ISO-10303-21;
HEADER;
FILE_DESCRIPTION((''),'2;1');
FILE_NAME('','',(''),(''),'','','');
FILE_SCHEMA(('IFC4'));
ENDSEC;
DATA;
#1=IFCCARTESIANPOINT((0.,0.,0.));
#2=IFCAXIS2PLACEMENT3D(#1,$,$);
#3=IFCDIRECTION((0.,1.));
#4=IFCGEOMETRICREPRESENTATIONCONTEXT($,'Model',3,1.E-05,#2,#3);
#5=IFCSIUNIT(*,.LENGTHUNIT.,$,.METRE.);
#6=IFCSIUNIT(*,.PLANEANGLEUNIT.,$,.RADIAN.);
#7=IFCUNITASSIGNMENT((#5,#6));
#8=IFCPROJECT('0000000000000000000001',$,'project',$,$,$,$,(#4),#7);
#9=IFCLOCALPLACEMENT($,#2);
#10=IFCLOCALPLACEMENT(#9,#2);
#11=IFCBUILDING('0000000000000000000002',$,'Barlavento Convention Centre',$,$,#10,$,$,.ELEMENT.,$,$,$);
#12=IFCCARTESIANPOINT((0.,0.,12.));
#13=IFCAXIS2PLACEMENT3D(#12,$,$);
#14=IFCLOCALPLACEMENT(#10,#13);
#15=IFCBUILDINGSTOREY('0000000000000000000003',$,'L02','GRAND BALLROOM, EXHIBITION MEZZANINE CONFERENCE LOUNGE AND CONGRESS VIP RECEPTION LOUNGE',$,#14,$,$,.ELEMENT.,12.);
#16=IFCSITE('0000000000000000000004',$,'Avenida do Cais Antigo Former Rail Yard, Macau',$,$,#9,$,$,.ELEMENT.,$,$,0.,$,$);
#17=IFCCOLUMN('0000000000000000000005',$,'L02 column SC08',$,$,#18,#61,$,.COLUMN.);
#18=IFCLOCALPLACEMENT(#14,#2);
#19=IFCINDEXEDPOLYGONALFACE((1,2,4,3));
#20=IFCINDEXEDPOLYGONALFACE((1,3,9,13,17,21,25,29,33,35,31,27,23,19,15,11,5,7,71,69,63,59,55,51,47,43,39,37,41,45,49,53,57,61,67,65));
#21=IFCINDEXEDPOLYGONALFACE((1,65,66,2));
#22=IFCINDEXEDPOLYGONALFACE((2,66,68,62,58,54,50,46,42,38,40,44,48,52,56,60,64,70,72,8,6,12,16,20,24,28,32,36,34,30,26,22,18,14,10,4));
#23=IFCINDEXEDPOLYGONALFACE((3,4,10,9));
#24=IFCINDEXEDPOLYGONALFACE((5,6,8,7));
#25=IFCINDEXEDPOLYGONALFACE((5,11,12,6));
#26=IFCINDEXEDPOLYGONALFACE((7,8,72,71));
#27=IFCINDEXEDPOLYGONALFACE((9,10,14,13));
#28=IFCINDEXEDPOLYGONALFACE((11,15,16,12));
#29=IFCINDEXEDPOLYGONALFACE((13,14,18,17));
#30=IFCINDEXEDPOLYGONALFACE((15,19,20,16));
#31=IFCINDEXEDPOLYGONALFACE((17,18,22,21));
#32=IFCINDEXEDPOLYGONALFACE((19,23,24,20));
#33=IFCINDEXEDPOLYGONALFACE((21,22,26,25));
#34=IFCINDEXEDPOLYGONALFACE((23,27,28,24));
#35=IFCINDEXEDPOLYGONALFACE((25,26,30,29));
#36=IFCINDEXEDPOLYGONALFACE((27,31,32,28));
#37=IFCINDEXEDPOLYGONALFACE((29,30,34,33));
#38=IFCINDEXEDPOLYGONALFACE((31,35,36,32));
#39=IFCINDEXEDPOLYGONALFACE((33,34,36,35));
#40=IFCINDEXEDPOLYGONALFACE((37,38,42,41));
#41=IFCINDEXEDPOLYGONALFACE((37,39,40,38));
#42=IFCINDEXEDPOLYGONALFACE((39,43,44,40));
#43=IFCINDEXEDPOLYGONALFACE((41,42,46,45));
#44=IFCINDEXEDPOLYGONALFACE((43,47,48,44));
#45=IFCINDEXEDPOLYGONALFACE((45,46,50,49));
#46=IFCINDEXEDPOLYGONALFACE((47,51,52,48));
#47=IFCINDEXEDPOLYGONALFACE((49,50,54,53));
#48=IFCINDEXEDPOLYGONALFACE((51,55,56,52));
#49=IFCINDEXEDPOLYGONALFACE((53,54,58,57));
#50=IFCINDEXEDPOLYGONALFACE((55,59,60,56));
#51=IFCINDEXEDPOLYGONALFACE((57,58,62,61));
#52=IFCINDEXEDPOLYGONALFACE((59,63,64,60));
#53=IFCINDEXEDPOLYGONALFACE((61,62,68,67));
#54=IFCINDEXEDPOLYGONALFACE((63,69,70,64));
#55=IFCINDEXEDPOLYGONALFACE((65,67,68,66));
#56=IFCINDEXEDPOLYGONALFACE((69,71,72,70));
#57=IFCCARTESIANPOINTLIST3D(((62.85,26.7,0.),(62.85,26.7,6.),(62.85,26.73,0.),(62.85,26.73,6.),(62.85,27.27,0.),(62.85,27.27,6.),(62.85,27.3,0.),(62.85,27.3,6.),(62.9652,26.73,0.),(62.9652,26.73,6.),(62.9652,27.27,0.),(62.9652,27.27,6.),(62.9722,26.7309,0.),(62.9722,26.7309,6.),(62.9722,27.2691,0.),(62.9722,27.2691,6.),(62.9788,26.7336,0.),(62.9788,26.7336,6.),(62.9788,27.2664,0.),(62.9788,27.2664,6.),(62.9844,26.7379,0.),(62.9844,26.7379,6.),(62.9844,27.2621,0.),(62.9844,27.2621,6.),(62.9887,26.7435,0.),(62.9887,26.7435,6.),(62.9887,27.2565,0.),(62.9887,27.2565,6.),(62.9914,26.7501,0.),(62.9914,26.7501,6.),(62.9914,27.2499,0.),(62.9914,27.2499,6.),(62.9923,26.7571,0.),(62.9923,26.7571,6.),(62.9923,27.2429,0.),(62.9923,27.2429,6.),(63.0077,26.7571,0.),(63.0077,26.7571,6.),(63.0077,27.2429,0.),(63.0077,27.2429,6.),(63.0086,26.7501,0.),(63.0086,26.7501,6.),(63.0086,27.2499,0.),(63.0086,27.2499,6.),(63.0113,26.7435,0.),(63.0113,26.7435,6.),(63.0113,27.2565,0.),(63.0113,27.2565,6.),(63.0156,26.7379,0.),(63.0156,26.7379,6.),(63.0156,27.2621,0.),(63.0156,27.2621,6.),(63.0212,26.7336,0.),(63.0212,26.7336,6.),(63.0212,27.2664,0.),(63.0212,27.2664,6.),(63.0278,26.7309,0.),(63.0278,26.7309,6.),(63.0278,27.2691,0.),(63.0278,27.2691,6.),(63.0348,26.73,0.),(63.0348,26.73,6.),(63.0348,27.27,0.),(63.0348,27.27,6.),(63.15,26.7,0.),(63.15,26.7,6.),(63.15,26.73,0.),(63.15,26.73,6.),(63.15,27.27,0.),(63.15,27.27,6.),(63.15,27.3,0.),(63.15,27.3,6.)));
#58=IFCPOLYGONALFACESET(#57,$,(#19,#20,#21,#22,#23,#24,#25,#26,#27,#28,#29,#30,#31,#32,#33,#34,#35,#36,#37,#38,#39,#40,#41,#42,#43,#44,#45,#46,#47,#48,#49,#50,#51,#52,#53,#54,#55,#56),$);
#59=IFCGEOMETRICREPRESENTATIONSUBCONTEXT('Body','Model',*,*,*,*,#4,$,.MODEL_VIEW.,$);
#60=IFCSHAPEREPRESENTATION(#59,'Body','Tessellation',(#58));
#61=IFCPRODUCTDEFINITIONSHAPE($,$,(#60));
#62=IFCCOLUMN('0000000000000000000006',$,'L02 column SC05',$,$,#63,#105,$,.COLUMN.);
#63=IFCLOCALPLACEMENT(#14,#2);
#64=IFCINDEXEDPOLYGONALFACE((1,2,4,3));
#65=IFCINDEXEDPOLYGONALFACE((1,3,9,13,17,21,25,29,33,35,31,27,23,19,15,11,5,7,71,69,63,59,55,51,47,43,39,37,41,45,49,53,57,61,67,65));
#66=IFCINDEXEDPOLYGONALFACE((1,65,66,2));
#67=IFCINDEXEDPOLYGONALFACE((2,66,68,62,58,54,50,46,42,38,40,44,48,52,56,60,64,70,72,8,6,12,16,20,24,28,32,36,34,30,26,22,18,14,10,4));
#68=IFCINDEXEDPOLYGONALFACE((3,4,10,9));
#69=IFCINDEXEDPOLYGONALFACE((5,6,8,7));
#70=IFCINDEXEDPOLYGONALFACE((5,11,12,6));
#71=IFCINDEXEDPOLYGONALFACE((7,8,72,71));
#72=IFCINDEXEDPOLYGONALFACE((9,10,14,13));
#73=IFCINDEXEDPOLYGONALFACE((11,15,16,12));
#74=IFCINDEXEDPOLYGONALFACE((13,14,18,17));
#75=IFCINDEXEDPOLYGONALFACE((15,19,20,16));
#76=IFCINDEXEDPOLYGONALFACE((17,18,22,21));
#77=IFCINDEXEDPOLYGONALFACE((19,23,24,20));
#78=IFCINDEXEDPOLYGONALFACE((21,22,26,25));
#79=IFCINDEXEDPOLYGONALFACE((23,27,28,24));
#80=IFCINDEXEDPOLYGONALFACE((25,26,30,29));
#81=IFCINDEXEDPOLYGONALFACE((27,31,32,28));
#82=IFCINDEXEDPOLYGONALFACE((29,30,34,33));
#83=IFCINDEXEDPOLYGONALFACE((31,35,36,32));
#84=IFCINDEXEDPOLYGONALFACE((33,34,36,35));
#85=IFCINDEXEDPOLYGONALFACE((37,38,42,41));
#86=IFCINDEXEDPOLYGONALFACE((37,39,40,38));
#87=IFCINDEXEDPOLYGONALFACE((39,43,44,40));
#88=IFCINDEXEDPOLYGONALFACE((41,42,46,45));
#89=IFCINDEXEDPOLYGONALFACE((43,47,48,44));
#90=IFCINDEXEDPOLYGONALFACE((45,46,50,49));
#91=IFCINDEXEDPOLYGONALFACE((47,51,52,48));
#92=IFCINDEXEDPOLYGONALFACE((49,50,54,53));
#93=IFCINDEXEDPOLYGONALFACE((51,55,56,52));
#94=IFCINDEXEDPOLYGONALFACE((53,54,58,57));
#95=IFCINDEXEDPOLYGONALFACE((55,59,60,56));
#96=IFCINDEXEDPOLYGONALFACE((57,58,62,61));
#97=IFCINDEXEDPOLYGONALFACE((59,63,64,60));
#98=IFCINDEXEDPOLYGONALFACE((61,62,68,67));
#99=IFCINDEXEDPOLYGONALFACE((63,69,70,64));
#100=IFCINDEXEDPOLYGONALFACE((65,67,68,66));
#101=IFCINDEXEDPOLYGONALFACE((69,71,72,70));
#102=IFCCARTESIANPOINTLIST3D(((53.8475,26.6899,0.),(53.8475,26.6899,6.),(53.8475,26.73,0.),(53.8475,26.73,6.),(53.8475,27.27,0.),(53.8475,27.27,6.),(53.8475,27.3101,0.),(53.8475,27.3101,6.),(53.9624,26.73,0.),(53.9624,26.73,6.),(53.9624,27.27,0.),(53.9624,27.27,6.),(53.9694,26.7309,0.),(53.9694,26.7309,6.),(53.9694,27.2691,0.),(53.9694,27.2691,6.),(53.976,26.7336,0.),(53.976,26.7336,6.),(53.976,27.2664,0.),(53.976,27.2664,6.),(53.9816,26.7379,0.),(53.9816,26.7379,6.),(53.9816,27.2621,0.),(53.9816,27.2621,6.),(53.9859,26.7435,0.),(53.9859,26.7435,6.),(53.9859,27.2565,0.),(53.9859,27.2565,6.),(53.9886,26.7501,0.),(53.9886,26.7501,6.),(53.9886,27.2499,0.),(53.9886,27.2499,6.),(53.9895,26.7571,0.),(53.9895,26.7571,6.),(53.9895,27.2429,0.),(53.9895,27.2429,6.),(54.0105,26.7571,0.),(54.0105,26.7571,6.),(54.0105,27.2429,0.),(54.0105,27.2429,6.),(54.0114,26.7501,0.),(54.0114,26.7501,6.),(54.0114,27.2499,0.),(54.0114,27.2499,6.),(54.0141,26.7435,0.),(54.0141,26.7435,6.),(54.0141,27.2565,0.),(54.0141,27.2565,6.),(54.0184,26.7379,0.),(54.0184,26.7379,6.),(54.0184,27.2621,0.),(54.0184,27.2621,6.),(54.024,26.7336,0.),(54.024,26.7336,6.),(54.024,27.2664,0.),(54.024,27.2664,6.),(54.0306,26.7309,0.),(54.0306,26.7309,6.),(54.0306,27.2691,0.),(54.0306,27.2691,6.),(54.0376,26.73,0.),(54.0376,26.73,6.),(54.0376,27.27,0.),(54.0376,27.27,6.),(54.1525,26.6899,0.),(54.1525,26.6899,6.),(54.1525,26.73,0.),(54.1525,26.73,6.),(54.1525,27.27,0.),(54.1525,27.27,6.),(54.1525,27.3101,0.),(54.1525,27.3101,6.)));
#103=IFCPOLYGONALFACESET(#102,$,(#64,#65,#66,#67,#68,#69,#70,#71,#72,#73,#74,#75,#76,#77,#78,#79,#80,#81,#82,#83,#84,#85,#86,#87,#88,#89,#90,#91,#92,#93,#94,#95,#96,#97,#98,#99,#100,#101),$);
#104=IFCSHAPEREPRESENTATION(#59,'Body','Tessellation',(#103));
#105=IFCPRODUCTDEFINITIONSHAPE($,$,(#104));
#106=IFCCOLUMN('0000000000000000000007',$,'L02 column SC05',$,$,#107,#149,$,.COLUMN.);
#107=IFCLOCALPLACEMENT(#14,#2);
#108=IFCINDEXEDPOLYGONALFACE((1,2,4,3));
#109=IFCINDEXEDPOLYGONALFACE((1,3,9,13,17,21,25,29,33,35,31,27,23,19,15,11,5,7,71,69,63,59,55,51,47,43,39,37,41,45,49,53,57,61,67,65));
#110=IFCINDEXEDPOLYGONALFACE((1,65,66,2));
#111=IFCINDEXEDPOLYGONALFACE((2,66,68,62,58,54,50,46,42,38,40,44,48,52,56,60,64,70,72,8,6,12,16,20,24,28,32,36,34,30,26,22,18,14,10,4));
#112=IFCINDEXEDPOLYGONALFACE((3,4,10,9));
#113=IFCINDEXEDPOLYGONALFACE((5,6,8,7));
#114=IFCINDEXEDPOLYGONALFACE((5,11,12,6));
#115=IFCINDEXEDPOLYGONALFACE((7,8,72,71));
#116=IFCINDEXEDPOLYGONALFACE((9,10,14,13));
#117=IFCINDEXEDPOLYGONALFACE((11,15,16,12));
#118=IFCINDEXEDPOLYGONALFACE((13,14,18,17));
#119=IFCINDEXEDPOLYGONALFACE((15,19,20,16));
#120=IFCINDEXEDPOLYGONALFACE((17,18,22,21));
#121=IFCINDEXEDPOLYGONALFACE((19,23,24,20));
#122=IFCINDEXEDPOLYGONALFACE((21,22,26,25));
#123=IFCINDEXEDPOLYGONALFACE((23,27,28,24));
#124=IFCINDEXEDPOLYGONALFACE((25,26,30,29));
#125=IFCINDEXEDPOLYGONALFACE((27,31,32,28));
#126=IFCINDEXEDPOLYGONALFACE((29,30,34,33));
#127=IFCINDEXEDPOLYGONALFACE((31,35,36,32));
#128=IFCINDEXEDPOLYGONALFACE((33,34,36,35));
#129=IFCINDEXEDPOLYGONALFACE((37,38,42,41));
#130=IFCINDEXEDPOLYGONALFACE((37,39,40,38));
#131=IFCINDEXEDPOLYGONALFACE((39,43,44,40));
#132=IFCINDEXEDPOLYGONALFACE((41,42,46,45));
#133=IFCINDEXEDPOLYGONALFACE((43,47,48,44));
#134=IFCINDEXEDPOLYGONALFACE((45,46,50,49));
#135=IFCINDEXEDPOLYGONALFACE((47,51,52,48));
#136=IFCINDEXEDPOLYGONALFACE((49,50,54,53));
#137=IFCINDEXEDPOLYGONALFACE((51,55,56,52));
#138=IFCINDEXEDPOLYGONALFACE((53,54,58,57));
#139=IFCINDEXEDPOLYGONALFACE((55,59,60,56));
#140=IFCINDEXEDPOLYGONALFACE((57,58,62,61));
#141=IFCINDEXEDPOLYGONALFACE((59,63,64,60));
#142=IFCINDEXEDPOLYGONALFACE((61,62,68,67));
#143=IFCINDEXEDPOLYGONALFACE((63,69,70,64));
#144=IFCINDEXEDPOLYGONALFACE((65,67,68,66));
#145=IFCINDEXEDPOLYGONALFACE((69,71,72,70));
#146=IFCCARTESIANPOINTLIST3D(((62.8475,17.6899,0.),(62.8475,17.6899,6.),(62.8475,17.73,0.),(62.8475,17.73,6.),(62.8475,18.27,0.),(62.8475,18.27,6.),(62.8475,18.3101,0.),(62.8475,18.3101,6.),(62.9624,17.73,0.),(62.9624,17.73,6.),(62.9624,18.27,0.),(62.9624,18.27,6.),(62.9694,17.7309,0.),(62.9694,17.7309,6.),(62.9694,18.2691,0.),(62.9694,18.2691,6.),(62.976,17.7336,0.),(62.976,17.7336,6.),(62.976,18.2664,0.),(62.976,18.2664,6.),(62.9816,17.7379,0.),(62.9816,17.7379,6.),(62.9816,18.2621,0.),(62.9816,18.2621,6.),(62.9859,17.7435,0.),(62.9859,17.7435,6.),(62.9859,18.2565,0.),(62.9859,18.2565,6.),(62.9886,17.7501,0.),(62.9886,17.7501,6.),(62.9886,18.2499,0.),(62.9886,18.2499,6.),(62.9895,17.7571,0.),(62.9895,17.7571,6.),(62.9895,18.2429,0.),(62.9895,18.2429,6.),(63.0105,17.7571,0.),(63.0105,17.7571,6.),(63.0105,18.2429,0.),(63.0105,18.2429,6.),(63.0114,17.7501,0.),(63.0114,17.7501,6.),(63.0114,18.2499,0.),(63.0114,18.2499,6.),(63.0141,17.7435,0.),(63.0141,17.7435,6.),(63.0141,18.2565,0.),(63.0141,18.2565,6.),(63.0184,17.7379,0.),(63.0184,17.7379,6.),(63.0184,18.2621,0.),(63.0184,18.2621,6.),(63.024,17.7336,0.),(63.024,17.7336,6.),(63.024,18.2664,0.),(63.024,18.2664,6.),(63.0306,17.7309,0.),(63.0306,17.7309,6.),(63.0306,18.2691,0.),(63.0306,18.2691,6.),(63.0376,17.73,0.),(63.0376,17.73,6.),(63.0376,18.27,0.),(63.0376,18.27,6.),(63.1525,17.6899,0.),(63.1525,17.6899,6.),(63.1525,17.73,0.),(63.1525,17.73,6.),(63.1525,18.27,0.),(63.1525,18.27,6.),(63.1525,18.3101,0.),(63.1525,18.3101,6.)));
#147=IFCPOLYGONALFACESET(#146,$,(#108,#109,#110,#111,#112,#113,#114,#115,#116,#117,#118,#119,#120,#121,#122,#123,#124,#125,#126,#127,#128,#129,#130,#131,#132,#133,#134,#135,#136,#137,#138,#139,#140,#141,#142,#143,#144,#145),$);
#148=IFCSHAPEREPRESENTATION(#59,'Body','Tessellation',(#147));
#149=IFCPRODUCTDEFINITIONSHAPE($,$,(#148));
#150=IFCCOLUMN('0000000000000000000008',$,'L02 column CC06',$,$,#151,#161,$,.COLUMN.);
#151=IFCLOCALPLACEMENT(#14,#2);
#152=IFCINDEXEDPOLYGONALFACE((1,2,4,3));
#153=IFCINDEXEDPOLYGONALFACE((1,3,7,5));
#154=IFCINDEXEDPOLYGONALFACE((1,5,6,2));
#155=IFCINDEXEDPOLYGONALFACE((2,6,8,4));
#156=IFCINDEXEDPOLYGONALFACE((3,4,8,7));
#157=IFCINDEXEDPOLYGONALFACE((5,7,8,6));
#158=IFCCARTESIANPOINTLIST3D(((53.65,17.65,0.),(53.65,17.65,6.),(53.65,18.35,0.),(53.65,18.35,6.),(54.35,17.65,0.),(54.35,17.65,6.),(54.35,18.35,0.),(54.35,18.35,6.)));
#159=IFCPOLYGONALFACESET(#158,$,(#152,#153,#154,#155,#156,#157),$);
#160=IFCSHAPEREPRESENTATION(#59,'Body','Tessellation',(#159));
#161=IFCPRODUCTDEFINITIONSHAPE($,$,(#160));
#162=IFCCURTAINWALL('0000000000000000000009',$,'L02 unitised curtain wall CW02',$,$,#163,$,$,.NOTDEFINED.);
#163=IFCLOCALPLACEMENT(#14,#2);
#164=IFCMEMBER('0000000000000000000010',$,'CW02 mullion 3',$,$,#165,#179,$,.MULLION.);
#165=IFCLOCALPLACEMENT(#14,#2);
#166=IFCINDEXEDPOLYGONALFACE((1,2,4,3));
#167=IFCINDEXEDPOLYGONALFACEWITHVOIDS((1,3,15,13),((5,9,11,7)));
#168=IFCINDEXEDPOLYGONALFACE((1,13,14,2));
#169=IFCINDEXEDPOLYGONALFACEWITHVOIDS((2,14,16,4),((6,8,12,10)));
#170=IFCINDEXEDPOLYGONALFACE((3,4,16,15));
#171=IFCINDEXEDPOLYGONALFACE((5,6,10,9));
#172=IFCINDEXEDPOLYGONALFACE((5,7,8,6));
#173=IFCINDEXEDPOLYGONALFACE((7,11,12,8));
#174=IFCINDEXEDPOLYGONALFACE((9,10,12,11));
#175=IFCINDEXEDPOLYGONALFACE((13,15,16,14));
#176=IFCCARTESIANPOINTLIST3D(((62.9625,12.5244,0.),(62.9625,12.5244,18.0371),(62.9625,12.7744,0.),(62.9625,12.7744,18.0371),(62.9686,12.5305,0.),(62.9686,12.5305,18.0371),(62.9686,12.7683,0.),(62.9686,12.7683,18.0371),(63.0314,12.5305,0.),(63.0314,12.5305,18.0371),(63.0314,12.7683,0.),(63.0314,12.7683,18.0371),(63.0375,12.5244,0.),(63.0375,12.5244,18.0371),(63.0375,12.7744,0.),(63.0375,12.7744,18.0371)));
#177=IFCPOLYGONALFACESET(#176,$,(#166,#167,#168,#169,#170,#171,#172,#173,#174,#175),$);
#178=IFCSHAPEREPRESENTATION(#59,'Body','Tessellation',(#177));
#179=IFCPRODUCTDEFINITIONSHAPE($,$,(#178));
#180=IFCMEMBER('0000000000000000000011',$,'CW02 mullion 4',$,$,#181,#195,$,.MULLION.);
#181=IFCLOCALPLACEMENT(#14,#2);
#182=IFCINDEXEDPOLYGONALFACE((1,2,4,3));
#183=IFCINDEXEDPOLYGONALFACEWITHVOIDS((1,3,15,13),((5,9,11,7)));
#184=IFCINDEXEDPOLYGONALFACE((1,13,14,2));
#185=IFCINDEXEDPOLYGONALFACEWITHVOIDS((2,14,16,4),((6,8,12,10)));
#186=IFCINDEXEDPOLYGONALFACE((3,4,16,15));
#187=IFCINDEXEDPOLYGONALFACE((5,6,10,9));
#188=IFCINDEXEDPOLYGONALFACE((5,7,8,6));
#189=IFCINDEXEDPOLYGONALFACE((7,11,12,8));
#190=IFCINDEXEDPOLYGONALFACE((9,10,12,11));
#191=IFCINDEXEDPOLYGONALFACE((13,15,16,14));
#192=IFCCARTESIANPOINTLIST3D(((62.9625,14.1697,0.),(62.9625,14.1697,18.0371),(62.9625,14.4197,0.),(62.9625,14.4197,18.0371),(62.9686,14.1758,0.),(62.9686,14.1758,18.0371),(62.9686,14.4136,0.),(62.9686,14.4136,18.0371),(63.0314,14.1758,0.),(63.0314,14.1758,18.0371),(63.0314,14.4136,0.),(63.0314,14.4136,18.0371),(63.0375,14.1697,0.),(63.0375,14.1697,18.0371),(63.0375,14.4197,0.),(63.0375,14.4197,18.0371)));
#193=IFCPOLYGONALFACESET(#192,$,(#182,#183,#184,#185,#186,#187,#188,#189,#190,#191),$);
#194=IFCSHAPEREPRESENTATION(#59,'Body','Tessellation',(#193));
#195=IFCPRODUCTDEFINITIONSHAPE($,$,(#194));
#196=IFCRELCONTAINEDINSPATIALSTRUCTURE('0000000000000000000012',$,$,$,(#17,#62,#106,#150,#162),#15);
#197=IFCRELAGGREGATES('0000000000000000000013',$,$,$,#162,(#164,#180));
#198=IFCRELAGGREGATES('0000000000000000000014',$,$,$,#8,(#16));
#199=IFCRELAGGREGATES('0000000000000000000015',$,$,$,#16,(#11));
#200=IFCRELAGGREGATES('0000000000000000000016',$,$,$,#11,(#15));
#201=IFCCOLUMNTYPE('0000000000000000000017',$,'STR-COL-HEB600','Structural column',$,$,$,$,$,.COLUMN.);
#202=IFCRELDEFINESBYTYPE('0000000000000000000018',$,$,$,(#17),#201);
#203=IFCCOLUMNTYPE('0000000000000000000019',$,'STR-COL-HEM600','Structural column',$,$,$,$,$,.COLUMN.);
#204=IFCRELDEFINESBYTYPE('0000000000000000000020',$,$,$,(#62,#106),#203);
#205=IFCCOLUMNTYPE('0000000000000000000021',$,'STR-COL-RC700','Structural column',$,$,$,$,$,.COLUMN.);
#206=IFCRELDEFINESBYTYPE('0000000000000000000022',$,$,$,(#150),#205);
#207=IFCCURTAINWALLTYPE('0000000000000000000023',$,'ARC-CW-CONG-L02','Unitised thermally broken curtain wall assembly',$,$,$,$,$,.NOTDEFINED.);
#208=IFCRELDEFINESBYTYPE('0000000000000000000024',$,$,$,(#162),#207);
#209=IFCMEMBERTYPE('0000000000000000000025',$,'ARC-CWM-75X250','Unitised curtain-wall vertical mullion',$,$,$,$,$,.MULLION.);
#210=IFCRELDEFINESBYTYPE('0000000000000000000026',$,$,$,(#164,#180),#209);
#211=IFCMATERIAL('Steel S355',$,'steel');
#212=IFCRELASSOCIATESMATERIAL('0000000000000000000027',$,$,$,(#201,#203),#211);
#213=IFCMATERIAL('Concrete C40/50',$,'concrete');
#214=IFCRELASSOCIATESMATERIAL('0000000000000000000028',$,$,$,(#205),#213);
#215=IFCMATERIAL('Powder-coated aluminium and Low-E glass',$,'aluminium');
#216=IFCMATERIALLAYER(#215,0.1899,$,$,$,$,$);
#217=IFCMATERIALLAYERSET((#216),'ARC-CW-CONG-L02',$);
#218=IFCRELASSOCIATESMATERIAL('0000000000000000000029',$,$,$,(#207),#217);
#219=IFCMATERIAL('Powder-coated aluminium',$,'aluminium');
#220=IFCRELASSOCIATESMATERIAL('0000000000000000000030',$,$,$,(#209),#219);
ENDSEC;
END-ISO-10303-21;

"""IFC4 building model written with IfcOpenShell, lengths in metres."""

from ifc_helpers import new_model, si_unit, direction, frame, origin, origin_2d, place, context, subcontext, project, spatial, rectangle, hollow_rectangle, i_section, extrude, material, layer, layer_set, material_profile, profile_set, type_object, element, aggregate, save


model = new_model("IFC4")

# Units and contexts
model_context = context("Model", 3, precision=1e-05, world=origin(), true_north=direction((0.0, 1.0)))
body_context = subcontext(model_context, "Body", "Model", "MODEL_VIEW")
ifc_project = project(units=[si_unit("LENGTHUNIT", "METRE"), si_unit("PLANEANGLEUNIT", "RADIAN")], contexts=[model_context])

# Site, building, storey
site_placement = place(None, origin())
site = spatial("IfcSite", under=ifc_project, at=site_placement, Name="Avenida do Cais Antigo Former Rail Yard, Macau", CompositionType="ELEMENT", RefElevation=0.0)
building_placement = place(site_placement, origin())
building = spatial("IfcBuilding", under=site, at=building_placement, Name="Barlavento Convention Centre", CompositionType="ELEMENT")
storey_placement = place(building_placement, frame((0.0, 0.0, 12.0)))
storey = spatial("IfcBuildingStorey", under=building, at=storey_placement, Name="L02", Description="GRAND BALLROOM, EXHIBITION MEZZANINE CONFERENCE LOUNGE AND CONGRESS VIP RECEPTION LOUNGE", CompositionType="ELEMENT", Elevation=12.0)

# Columns
ifc_material_1 = material(Name="Steel S355", Category="steel")
ifc_material_profile_1 = material_profile(ifc_material_1, i_section(OverallWidth=0.3, OverallDepth=0.6001, WebThickness=0.0154, FlangeThickness=0.03, FilletRadius=0.0271, at=origin_2d()), Name="HEB 600")
ifc_profile_set_1 = profile_set([ifc_material_profile_1], Name="Steel S355")
column_type_1 = type_object("IfcColumnType", Name="STR-COL-HEB600", Description="Structural column", PredefinedType="COLUMN", material=ifc_profile_set_1)
column_1_placement = place(storey_placement, frame((63.0, 27.0, 0.0), z_axis=(0.0, 0.0, 1.0), x_axis=(1.0, 0.0, 0.0)))
element("IfcColumn", 1, at=column_1_placement, inside=storey, type_object=column_type_1, Name="L02 column SC08", PredefinedType="COLUMN", context=body_context, shape_type="SweptSolid", body=[
    extrude(i_section(OverallWidth=0.3, OverallDepth=0.6001, WebThickness=0.0154, FlangeThickness=0.03, FilletRadius=0.0271, at=origin_2d()), origin(), (0.0, 0.0, 1.0), 6.0),
])
ifc_material_profile_2 = material_profile(ifc_material_1, i_section(OverallWidth=0.3049, OverallDepth=0.6201, WebThickness=0.021, FlangeThickness=0.04, FilletRadius=0.0271, at=origin_2d()), Name="HEM 600")
ifc_profile_set_2 = profile_set([ifc_material_profile_2], Name="Steel S355")
column_type_2 = type_object("IfcColumnType", Name="STR-COL-HEM600", Description="Structural column", PredefinedType="COLUMN", material=ifc_profile_set_2)
for number, where, z_axis, x_axis, name in (
    (2, (54.0, 27.0, 0.0), (0.0, 0.0, 1.0), (1.0, 0.0, 0.0), "L02 column SC05"),
    (3, (63.0, 18.0, 0.0), (0.0, 0.0, 1.0), (1.0, 0.0, 0.0), "L02 column SC05"),
):
    element("IfcColumn", number, at=place(storey_placement, frame(where, z_axis=z_axis, x_axis=x_axis)), inside=storey, type_object=column_type_2, Name=name, PredefinedType="COLUMN", context=body_context, shape_type="SweptSolid", body=[
        extrude(i_section(OverallWidth=0.3049, OverallDepth=0.6201, WebThickness=0.021, FlangeThickness=0.04, FilletRadius=0.0271, at=origin_2d()), origin(), (0.0, 0.0, 1.0), 6.0),
    ])
ifc_material_2 = material(Name="Concrete C40/50", Category="concrete")
ifc_material_profile_3 = material_profile(ifc_material_2, rectangle(XDim=0.7, YDim=0.7, at=origin_2d()), Name="RC 700x700")
ifc_profile_set_3 = profile_set([ifc_material_profile_3], Name="Concrete C40/50")
column_type_3 = type_object("IfcColumnType", Name="STR-COL-RC700", Description="Structural column", PredefinedType="COLUMN", material=ifc_profile_set_3)
column_2_placement = place(storey_placement, frame((54.0, 18.0, 0.0), z_axis=(0.0, 0.0, 1.0), x_axis=(1.0, 0.0, 0.0)))
element("IfcColumn", 4, at=column_2_placement, inside=storey, type_object=column_type_3, Name="L02 column CC06", PredefinedType="COLUMN", context=body_context, shape_type="SweptSolid", body=[
    extrude(rectangle(XDim=0.7, YDim=0.7, at=origin_2d()), origin(), (0.0, 0.0, 1.0), 6.0),
])

# Curtain wall, members
ifc_material_3 = material(Name="Powder-coated aluminium and Low-E glass", Category="aluminium")
ifc_layer = layer(ifc_material_3, 0.1899)
ifc_layer_set = layer_set([ifc_layer], Name="ARC-CW-CONG-L02")
curtain_wall_type = type_object("IfcCurtainWallType", Name="ARC-CW-CONG-L02", Description="Unitised thermally broken curtain wall assembly", PredefinedType="NOTDEFINED", material=ifc_layer_set)
curtain_wall_1_placement = place(storey_placement, origin())
curtain_wall_1 = element("IfcCurtainWall", 5, at=curtain_wall_1_placement, inside=storey, type_object=curtain_wall_type, Name="L02 unitised curtain wall CW02", PredefinedType="NOTDEFINED")
ifc_material_4 = material(Name="Powder-coated aluminium", Category="aluminium")
ifc_material_profile_4 = material_profile(ifc_material_4, hollow_rectangle(XDim=0.075, YDim=0.25, WallThickness=0.0061, at=origin_2d()), Name="AL-MULL 75x250x6")
ifc_profile_set_4 = profile_set([ifc_material_profile_4], Name="Powder-coated aluminium")
member_type_1 = type_object("IfcMemberType", Name="ARC-CWM-75X250", Description="Unitised curtain-wall vertical mullion", PredefinedType="MULLION", material=ifc_profile_set_4)
member_1_placement = place(storey_placement, frame((63.0, 12.6494, 0.0), z_axis=(0.0, 0.0, 1.0), x_axis=(-1.0, 0.0, 0.0)))
member_1 = element("IfcMember", 6, at=member_1_placement, type_object=member_type_1, Name="CW02 mullion 3", PredefinedType="MULLION", context=body_context, shape_type="SweptSolid", body=[
    extrude(hollow_rectangle(XDim=0.075, YDim=0.25, WallThickness=0.0061, at=origin_2d()), origin(), (0.0, 0.0, 1.0), 18.0371),
])
member_2_placement = place(storey_placement, frame((63.0, 14.2947, 0.0), z_axis=(0.0, 0.0, 1.0), x_axis=(-1.0, 0.0, 0.0)))
member_2 = element("IfcMember", 7, at=member_2_placement, type_object=member_type_1, Name="CW02 mullion 4", PredefinedType="MULLION", context=body_context, shape_type="SweptSolid", body=[
    extrude(hollow_rectangle(XDim=0.075, YDim=0.25, WallThickness=0.0061, at=origin_2d()), origin(), (0.0, 0.0, 1.0), 18.0371),
])

aggregate(curtain_wall_1, [member_1, member_2])

save(model, "model.ifc")
